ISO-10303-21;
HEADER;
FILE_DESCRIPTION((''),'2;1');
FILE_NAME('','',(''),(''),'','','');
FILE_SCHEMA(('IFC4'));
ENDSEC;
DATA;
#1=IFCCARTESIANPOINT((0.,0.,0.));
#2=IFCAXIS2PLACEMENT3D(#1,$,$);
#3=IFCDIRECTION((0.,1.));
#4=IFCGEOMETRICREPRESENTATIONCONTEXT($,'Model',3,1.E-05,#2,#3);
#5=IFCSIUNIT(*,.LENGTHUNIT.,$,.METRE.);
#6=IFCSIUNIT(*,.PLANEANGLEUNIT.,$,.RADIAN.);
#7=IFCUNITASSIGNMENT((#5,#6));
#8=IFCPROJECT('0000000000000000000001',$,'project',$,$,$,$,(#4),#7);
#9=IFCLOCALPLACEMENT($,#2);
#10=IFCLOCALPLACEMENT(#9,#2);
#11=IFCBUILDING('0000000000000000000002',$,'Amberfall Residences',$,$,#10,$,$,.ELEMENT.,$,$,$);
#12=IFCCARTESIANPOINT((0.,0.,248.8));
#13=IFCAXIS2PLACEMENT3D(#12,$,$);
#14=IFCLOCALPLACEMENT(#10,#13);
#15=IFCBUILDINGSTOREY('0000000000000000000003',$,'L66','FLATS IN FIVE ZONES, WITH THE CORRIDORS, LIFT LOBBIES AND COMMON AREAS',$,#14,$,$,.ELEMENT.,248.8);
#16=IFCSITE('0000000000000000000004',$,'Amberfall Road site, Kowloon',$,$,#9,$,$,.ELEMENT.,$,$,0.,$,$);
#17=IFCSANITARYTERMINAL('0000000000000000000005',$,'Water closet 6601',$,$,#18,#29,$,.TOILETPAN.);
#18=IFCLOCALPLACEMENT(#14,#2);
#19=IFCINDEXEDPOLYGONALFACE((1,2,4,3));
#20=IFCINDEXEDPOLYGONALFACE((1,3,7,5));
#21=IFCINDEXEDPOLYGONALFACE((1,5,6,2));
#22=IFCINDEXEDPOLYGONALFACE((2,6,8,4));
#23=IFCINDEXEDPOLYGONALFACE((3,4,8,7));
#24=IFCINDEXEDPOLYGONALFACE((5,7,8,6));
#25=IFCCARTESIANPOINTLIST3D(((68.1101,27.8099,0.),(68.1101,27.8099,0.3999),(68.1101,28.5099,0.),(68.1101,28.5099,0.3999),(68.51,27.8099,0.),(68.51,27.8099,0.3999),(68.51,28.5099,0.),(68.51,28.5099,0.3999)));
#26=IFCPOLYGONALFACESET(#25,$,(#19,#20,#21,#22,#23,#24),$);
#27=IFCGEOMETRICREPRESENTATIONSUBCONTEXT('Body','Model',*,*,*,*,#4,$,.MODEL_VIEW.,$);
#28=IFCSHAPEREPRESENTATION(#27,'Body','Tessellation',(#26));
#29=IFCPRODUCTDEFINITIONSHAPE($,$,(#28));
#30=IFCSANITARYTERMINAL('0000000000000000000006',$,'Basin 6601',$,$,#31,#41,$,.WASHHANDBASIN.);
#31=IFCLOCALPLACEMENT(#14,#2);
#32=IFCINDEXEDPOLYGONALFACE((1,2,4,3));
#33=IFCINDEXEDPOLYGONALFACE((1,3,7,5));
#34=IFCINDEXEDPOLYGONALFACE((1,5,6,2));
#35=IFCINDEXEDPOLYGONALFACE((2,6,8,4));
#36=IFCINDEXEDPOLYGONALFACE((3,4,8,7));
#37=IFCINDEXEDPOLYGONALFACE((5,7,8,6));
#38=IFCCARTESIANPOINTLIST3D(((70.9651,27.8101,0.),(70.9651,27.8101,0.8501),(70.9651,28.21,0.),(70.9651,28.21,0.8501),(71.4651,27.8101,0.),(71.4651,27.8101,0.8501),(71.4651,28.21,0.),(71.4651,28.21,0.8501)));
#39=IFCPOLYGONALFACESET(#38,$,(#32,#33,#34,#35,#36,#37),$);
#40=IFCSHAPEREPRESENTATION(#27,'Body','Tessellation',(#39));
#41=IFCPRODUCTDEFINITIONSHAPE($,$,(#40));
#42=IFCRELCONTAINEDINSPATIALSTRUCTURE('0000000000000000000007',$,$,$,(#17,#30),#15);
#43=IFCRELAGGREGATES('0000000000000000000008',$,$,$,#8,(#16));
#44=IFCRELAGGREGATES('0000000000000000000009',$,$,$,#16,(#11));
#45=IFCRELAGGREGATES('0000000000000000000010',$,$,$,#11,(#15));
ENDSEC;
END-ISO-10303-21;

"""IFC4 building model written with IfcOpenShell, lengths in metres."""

from ifc_helpers import new_model, si_unit, direction, frame, origin, origin_2d, place, context, subcontext, project, spatial, rectangle, extrude, element, save


model = new_model("IFC4")

# Units and contexts
model_context = context("Model", 3, precision=1e-05, world=origin(), true_north=direction((0.0, 1.0)))
body_context = subcontext(model_context, "Body", "Model", "MODEL_VIEW")
ifc_project = project(units=[si_unit("LENGTHUNIT", "METRE"), si_unit("PLANEANGLEUNIT", "RADIAN")], contexts=[model_context])

# Site, building, storey
site_placement = place(None, origin())
site = spatial("IfcSite", under=ifc_project, at=site_placement, Name="Amberfall Road site, Kowloon", CompositionType="ELEMENT", RefElevation=0.0)
building_placement = place(site_placement, origin())
building = spatial("IfcBuilding", under=site, at=building_placement, Name="Amberfall Residences", CompositionType="ELEMENT")
storey_placement = place(building_placement, frame((0.0, 0.0, 248.8)))
storey = spatial("IfcBuildingStorey", under=building, at=storey_placement, Name="L66", Description="FLATS IN FIVE ZONES, WITH THE CORRIDORS, LIFT LOBBIES AND COMMON AREAS", CompositionType="ELEMENT", Elevation=248.8)

# Sanitary terminals
sanitary_terminal_1_placement = place(storey_placement, frame((68.3101, 28.1599, 0.0), z_axis=(0.0, 0.0, 1.0), x_axis=(1.0, 0.0, 0.0)))
element("IfcSanitaryTerminal", 1, at=sanitary_terminal_1_placement, inside=storey, Name="Water closet 6601", PredefinedType="TOILETPAN", context=body_context, shape_type="SweptSolid", body=[
    extrude(rectangle(XDim=0.3999, YDim=0.7, at=origin_2d()), origin(), (0.0, 0.0, 1.0), 0.3999),
])
sanitary_terminal_2_placement = place(storey_placement, frame((71.2151, 28.01, 0.0), z_axis=(0.0, 0.0, 1.0), x_axis=(1.0, 0.0, 0.0)))
element("IfcSanitaryTerminal", 2, at=sanitary_terminal_2_placement, inside=storey, Name="Basin 6601", PredefinedType="WASHHANDBASIN", context=body_context, shape_type="SweptSolid", body=[
    extrude(rectangle(XDim=0.5, YDim=0.3999, at=origin_2d()), origin(), (0.0, 0.0, 1.0), 0.8501),
])

save(model, "model.ifc")
